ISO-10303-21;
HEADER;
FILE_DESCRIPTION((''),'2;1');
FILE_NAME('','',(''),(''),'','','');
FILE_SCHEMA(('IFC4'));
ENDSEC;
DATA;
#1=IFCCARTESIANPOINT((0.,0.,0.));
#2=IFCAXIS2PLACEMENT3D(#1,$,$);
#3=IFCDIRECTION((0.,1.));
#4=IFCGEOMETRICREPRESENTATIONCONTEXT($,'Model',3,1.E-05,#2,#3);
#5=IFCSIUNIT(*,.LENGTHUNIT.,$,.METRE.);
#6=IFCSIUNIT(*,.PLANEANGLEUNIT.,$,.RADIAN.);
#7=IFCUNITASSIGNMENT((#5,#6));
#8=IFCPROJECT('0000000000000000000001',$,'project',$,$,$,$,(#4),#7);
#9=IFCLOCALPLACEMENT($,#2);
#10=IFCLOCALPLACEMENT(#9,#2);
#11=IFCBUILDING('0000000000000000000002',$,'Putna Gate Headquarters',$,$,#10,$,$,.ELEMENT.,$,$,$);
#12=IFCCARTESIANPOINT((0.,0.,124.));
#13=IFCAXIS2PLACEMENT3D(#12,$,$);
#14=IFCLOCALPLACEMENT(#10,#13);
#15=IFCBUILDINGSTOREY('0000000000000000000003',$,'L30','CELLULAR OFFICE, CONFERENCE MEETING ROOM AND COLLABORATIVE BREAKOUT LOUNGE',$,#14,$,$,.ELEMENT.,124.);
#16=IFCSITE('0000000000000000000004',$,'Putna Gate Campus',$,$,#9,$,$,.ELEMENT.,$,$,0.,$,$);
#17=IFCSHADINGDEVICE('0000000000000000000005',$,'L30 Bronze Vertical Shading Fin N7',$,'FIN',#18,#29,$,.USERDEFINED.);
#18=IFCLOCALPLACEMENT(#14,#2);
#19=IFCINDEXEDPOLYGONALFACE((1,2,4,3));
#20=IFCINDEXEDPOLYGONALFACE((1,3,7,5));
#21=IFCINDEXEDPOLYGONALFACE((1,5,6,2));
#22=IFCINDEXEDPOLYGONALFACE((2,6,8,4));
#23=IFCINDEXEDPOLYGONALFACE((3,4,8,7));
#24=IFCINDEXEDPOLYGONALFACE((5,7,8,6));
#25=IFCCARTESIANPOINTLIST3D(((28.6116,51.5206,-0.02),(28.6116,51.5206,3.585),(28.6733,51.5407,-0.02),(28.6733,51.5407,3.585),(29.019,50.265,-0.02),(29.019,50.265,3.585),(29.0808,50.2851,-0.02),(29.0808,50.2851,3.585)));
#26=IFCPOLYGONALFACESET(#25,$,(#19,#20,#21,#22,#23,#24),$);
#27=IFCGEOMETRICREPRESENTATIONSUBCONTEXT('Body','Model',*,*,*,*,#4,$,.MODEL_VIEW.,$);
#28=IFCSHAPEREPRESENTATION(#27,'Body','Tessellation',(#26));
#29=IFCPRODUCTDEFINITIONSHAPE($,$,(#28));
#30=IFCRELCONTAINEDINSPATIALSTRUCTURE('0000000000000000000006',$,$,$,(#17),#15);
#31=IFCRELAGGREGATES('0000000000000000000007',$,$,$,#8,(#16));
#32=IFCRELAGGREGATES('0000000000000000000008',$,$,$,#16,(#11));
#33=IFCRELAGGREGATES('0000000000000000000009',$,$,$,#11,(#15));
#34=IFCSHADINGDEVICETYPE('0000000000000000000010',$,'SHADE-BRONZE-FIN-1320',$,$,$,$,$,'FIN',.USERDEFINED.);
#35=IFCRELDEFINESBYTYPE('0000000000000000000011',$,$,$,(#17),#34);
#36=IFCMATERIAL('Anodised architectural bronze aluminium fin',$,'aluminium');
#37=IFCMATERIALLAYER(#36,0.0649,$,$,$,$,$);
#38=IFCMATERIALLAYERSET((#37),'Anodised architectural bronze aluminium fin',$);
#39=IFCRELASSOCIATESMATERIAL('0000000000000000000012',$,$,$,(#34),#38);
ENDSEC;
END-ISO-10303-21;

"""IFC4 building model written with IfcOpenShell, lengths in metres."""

from ifc_helpers import new_model, si_unit, direction, frame, origin, origin_2d, place, context, subcontext, project, spatial, rectangle, extrude, material, layer, layer_set, type_object, element, save


model = new_model("IFC4")

# Units and contexts
model_context = context("Model", 3, precision=1e-05, world=origin(), true_north=direction((0.0, 1.0)))
body_context = subcontext(model_context, "Body", "Model", "MODEL_VIEW")
ifc_project = project(units=[si_unit("LENGTHUNIT", "METRE"), si_unit("PLANEANGLEUNIT", "RADIAN")], contexts=[model_context])

# Site, building, storey
site_placement = place(None, origin())
site = spatial("IfcSite", under=ifc_project, at=site_placement, Name="Putna Gate Campus", CompositionType="ELEMENT", RefElevation=0.0)
building_placement = place(site_placement, origin())
building = spatial("IfcBuilding", under=site, at=building_placement, Name="Putna Gate Headquarters", CompositionType="ELEMENT")
storey_placement = place(building_placement, frame((0.0, 0.0, 124.0)))
storey = spatial("IfcBuildingStorey", under=building, at=storey_placement, Name="L30", Description="CELLULAR OFFICE, CONFERENCE MEETING ROOM AND COLLABORATIVE BREAKOUT LOUNGE", CompositionType="ELEMENT", Elevation=124.0)

# Shading device
ifc_material_1 = material(Name="Anodised architectural bronze aluminium fin", Category="aluminium")
ifc_layer_1 = layer(ifc_material_1, 0.0649)
ifc_layer_set_1 = layer_set([ifc_layer_1], Name="Anodised architectural bronze aluminium fin")
shading_device_type = type_object("IfcShadingDeviceType", Name="SHADE-BRONZE-FIN-1320", ElementType="FIN", PredefinedType="USERDEFINED", material=ifc_layer_set_1)
for number, where, z_axis, x_axis, name in (
    (1, (28.8462, 50.9028, -0.02), (0.0, 0.0, 1.0), (-0.308685, 0.951164, 0.0), "L30 Bronze Vertical Shading Fin N7"),
):
    element("IfcShadingDevice", number, at=place(storey_placement, frame(where, z_axis=z_axis, x_axis=x_axis)), inside=storey, type_object=shading_device_type, Name=name, ObjectType="FIN", PredefinedType="USERDEFINED", context=body_context, shape_type="SweptSolid", body=[
        extrude(rectangle(XDim=1.3201, YDim=0.0649, at=origin_2d()), origin(), (0.0, 0.0, 1.0), 3.605),
    ])

save(model, "model.ifc")
